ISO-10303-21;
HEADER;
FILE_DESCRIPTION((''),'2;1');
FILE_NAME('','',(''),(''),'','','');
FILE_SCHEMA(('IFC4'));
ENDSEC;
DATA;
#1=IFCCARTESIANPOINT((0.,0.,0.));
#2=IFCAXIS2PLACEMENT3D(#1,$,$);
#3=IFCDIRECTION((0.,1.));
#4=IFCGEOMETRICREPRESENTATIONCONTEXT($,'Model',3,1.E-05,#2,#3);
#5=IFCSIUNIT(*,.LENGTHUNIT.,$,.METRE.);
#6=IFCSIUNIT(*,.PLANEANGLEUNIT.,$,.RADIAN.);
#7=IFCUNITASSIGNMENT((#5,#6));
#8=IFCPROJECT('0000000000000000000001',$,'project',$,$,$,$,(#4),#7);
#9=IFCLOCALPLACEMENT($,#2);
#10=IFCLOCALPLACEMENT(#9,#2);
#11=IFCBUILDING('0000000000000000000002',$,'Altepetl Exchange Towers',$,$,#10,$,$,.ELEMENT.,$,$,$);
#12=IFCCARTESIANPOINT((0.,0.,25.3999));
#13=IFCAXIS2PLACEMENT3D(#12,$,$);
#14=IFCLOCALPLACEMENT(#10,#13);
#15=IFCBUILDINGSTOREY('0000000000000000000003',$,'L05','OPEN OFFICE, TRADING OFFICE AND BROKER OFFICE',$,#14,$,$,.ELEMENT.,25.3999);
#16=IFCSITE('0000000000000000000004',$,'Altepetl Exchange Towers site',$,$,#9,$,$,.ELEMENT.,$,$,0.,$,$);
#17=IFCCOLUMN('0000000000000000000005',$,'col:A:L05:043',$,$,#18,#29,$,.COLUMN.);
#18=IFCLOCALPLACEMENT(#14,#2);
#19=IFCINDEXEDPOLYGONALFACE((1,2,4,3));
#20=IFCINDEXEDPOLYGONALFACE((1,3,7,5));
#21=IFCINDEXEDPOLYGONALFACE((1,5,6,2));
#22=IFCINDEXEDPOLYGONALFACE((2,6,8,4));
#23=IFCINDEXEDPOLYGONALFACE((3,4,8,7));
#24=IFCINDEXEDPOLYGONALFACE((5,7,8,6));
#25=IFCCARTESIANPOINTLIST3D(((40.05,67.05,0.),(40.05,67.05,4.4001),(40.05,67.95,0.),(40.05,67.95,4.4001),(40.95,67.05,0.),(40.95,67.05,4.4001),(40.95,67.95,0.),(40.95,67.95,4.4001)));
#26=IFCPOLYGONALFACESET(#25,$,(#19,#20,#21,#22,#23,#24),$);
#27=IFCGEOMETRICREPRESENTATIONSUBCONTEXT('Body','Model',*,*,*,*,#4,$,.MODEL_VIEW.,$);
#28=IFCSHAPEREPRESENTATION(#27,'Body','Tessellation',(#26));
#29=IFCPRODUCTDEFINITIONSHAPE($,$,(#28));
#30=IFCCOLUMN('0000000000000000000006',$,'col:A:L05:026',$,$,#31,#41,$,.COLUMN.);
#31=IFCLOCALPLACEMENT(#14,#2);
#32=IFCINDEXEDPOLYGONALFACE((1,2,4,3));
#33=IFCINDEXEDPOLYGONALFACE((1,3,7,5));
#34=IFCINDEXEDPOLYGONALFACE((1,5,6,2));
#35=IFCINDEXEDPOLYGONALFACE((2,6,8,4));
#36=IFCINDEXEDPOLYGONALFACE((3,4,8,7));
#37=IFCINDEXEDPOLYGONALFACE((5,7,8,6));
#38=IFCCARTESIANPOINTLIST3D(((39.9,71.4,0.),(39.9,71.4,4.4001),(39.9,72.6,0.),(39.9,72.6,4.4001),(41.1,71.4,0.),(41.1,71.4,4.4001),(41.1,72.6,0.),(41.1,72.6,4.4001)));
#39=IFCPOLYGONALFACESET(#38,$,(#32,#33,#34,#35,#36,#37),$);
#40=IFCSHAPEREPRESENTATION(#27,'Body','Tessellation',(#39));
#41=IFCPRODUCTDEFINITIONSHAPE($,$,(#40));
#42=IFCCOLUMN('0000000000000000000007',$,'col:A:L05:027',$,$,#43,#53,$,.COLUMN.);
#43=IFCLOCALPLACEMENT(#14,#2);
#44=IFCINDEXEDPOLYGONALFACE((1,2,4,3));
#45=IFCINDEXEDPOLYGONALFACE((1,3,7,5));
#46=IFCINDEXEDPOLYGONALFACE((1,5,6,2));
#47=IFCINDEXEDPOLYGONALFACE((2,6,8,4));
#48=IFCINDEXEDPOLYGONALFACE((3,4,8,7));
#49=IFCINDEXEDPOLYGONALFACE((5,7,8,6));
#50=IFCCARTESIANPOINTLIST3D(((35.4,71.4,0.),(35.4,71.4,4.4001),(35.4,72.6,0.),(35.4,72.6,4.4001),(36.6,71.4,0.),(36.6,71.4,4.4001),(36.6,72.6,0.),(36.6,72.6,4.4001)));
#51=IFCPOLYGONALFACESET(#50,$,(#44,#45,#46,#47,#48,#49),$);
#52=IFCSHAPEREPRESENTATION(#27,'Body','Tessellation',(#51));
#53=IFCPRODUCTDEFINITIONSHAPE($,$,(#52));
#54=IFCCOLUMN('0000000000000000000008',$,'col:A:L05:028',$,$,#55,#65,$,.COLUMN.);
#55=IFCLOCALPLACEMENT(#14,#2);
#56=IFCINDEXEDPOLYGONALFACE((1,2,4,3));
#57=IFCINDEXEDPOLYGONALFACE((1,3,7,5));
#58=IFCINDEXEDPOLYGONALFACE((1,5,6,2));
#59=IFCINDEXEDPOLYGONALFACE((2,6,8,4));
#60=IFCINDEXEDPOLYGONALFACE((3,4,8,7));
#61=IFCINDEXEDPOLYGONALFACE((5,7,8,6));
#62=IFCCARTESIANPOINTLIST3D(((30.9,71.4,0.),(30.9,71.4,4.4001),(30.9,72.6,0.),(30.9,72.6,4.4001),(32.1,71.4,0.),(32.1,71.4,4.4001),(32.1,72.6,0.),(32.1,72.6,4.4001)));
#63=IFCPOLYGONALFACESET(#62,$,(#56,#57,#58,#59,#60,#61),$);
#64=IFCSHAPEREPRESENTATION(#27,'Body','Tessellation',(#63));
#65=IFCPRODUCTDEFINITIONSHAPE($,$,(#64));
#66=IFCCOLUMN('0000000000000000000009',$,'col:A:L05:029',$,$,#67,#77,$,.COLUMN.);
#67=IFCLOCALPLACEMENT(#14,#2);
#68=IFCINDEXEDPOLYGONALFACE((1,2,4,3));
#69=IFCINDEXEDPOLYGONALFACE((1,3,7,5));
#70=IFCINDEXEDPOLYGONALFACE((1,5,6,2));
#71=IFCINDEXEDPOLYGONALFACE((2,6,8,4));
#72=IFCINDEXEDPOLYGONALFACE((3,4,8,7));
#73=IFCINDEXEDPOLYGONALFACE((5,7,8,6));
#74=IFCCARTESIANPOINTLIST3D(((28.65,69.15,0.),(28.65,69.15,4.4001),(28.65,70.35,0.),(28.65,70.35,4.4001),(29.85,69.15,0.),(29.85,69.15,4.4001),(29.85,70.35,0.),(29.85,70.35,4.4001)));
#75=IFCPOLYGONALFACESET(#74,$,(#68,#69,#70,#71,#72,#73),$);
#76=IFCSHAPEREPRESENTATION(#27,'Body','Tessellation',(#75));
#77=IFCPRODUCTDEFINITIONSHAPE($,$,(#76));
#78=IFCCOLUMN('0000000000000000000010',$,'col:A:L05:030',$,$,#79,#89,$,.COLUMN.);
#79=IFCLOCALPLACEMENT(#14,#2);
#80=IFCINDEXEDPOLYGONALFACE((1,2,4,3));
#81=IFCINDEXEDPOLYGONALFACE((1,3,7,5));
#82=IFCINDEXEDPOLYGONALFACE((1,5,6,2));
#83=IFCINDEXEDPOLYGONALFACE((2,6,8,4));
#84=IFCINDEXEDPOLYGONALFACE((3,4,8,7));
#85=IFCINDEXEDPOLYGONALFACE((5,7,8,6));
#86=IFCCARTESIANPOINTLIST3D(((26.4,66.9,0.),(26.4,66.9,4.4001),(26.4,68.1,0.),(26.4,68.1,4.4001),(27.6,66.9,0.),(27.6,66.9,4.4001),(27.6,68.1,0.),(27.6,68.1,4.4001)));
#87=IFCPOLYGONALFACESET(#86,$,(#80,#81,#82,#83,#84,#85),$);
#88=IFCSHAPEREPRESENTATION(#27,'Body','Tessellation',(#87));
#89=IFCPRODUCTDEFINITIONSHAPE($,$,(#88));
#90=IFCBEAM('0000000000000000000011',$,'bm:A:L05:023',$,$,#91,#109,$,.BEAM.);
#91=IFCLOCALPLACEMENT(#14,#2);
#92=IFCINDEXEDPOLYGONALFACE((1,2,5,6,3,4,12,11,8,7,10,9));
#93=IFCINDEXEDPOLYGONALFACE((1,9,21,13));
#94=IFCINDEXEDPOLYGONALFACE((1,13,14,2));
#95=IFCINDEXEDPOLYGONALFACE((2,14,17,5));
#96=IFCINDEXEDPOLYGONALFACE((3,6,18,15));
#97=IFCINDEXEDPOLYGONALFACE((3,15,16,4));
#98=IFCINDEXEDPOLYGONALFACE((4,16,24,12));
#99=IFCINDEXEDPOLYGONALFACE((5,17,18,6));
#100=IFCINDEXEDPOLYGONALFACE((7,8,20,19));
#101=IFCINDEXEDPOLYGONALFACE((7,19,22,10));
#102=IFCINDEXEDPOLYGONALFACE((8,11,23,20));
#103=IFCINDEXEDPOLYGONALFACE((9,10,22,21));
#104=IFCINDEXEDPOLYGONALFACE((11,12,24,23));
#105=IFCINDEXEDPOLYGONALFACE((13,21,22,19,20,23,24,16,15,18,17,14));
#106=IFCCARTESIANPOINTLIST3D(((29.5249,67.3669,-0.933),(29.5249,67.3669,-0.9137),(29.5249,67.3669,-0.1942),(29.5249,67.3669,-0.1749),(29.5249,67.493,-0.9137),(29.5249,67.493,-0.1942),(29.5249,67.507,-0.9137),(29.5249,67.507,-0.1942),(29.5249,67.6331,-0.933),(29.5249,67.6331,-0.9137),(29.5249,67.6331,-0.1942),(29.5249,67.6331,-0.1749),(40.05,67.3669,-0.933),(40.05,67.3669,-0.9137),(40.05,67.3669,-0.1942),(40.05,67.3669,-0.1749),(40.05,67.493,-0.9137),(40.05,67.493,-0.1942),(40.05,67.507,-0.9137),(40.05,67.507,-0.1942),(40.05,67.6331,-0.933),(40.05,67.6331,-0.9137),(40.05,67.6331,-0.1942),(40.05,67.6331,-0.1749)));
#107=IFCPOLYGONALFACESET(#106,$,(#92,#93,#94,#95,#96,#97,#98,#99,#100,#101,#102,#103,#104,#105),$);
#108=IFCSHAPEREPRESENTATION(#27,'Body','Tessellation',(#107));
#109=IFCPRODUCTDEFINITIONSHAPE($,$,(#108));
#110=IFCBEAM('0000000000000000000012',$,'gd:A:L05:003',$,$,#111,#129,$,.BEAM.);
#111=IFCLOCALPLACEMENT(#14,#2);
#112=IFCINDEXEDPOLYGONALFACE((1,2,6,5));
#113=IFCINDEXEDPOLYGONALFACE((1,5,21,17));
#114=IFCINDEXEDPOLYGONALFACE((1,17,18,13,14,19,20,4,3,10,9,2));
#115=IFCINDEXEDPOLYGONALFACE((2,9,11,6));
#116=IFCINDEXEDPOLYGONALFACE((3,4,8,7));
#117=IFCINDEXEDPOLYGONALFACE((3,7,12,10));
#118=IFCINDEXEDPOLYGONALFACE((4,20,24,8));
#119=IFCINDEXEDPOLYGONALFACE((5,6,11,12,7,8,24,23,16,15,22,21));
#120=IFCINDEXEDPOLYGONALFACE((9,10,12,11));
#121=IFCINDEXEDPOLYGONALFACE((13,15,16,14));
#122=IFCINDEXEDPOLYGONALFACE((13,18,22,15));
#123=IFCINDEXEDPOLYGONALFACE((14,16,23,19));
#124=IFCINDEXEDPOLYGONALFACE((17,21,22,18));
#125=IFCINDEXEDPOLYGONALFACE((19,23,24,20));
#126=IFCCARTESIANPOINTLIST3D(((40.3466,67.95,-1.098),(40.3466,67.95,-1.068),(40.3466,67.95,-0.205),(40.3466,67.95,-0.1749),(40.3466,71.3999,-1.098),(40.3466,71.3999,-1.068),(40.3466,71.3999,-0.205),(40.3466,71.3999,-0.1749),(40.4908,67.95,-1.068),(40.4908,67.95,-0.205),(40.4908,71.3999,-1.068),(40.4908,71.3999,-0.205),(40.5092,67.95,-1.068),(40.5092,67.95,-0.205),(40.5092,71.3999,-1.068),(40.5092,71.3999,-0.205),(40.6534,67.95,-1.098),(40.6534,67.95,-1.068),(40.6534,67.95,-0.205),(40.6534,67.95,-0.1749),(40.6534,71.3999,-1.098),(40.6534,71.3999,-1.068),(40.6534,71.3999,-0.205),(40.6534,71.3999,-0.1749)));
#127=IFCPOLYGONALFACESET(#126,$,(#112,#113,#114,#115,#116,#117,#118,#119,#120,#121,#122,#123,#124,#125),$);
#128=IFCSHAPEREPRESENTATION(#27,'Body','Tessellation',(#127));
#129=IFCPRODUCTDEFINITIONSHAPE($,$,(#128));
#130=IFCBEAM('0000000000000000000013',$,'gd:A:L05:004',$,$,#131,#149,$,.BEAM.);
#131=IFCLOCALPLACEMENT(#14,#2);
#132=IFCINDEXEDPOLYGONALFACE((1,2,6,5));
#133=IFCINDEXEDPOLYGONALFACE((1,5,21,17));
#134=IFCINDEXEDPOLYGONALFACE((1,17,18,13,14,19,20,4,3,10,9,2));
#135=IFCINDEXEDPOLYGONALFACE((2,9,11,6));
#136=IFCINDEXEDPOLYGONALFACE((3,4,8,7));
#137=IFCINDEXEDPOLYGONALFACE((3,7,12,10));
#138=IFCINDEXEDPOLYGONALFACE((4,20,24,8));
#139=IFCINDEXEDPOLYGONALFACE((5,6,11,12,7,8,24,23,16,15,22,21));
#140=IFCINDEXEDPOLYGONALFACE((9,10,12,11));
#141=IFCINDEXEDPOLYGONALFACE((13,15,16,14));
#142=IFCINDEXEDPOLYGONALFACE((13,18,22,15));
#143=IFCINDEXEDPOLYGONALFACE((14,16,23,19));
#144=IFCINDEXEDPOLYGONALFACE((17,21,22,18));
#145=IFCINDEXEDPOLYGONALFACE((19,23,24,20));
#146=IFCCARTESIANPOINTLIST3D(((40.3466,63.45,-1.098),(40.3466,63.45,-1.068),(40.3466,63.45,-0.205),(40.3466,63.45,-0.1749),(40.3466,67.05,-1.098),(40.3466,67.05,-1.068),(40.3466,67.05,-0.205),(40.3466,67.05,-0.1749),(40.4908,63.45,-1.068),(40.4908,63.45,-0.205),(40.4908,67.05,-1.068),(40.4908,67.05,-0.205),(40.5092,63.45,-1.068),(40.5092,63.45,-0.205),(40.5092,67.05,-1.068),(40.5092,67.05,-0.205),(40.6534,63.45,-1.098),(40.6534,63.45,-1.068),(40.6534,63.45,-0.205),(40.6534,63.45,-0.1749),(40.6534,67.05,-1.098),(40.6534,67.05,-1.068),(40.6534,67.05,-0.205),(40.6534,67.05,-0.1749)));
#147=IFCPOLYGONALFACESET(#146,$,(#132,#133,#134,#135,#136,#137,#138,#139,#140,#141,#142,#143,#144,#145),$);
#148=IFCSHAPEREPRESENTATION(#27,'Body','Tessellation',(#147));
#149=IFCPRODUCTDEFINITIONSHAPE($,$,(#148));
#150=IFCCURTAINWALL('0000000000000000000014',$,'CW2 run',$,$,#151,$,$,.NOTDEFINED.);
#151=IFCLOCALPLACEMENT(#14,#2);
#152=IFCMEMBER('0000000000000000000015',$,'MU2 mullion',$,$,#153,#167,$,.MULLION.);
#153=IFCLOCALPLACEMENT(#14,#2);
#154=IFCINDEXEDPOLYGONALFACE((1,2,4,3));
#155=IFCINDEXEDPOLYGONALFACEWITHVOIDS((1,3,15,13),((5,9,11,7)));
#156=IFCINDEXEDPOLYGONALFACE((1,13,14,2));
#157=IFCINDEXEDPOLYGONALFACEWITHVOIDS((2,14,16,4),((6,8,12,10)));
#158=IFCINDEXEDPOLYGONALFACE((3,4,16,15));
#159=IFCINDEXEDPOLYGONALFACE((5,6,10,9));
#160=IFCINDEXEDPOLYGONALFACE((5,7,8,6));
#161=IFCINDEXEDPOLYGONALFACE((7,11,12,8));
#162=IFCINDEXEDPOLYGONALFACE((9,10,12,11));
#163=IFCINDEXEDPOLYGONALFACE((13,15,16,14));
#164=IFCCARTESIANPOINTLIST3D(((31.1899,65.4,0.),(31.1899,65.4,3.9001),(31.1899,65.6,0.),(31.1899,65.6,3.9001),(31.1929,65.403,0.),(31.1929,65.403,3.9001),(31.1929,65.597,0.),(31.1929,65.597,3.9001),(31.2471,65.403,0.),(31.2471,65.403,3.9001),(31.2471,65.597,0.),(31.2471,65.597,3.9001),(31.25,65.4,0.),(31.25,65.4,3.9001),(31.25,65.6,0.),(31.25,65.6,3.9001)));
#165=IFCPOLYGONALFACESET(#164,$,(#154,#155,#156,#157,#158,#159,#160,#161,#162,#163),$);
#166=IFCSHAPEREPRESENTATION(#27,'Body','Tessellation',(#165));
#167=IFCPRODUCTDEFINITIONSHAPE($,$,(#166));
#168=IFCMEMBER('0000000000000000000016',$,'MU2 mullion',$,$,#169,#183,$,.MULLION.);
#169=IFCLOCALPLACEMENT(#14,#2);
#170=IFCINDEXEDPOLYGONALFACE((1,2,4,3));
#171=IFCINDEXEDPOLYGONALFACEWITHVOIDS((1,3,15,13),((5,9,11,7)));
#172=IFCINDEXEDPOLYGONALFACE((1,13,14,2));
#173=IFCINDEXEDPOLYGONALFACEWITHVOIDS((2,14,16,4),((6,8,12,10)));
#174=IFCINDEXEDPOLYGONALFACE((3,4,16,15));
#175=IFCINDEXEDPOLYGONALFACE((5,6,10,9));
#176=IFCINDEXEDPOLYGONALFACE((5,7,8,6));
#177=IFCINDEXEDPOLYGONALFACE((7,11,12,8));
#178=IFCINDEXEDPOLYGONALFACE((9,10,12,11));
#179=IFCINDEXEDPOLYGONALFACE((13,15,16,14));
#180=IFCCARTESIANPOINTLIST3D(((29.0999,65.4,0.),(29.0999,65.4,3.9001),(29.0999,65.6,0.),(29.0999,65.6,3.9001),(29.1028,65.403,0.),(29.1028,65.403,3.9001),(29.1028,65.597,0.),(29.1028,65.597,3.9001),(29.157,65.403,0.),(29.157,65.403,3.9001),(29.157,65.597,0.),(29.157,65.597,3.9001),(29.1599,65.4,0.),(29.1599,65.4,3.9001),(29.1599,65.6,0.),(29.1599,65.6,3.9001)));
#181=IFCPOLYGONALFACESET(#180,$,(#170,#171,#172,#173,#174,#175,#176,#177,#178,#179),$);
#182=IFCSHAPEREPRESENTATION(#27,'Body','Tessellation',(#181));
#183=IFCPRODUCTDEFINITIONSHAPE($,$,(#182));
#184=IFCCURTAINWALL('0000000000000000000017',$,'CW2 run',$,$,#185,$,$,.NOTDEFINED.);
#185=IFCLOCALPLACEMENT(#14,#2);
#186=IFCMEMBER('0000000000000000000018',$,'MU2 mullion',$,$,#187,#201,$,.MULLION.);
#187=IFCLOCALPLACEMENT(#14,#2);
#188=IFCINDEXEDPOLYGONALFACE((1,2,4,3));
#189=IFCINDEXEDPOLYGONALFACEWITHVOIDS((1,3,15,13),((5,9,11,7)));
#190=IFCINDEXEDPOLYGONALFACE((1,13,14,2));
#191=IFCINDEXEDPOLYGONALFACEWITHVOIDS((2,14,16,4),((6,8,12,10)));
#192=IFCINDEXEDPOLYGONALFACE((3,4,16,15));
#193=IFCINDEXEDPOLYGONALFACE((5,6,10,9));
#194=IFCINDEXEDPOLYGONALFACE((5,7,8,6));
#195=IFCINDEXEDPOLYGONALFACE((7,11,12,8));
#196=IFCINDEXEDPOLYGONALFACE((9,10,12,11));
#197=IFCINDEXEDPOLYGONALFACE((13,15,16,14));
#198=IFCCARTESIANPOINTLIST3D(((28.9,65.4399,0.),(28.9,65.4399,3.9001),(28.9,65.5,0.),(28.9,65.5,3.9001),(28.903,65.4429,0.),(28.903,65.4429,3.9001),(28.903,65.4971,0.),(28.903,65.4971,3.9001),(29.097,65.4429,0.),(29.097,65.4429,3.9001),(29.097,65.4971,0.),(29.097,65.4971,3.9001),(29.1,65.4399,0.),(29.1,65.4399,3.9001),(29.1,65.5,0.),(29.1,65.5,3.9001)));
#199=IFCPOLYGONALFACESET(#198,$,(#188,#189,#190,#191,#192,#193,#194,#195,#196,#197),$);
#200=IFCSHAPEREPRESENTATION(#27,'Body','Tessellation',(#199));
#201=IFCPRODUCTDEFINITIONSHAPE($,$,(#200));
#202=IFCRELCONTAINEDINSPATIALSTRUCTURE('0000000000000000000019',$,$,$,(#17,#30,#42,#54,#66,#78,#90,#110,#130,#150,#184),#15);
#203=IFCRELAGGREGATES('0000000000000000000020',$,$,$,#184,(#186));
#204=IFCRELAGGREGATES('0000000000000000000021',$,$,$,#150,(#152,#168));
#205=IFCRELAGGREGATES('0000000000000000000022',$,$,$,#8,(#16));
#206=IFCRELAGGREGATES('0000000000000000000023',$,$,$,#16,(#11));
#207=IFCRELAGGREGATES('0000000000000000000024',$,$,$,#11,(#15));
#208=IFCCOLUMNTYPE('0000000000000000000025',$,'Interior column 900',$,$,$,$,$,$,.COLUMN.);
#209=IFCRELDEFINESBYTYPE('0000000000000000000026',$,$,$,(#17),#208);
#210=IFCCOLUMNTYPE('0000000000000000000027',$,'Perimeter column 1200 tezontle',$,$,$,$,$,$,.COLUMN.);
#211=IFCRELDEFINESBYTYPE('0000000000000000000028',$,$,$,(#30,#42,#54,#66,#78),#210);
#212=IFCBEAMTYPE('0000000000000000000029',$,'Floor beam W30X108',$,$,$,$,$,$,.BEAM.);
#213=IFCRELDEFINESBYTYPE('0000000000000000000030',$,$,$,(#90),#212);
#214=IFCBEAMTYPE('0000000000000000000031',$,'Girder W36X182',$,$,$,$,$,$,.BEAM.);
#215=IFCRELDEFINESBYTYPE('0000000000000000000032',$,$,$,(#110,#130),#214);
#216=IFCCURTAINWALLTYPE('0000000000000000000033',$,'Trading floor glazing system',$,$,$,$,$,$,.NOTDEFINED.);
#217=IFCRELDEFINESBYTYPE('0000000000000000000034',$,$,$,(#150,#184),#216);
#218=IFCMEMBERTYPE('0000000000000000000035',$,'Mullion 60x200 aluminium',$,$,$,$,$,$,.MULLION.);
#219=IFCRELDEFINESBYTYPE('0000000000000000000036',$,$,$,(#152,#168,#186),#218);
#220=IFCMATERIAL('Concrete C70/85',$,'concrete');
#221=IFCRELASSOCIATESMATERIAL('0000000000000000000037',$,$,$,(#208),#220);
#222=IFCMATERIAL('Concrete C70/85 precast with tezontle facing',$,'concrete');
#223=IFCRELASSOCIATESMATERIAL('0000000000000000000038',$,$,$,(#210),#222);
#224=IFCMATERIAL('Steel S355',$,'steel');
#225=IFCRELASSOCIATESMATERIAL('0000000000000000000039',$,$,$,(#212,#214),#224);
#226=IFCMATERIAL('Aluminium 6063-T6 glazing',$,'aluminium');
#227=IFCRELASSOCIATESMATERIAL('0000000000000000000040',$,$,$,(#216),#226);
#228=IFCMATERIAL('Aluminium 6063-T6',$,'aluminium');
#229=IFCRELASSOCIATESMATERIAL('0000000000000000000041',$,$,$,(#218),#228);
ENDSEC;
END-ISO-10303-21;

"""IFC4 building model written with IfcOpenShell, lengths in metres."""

from ifc_helpers import new_model, si_unit, direction, frame, origin, origin_2d, place, context, subcontext, project, spatial, rectangle, hollow_rectangle, i_section, extrude, material, material_profile, profile_set, type_object, element, aggregate, save


model = new_model("IFC4")

# Units and contexts
model_context = context("Model", 3, precision=1e-05, world=origin(), true_north=direction((0.0, 1.0)))
body_context = subcontext(model_context, "Body", "Model", "MODEL_VIEW")
ifc_project = project(units=[si_unit("LENGTHUNIT", "METRE"), si_unit("PLANEANGLEUNIT", "RADIAN")], contexts=[model_context])

# Site, building, storey
site_placement = place(None, origin())
site = spatial("IfcSite", under=ifc_project, at=site_placement, Name="Altepetl Exchange Towers site", CompositionType="ELEMENT", RefElevation=0.0)
building_placement = place(site_placement, origin())
building = spatial("IfcBuilding", under=site, at=building_placement, Name="Altepetl Exchange Towers", CompositionType="ELEMENT")
storey_placement = place(building_placement, frame((0.0, 0.0, 25.3999)))
storey = spatial("IfcBuildingStorey", under=building, at=storey_placement, Name="L05", Description="OPEN OFFICE, TRADING OFFICE AND BROKER OFFICE", CompositionType="ELEMENT", Elevation=25.3999)

# Columns
ifc_material_1 = material(Name="Concrete C70/85", Category="concrete")
ifc_material_profile_1 = material_profile(ifc_material_1, rectangle(XDim=0.8999, YDim=0.8999, at=origin_2d()), Name="900 x 900")
ifc_profile_set_1 = profile_set([ifc_material_profile_1], Name="Concrete C70/85")
column_type_1 = type_object("IfcColumnType", Name="Interior column 900", PredefinedType="COLUMN", material=ifc_profile_set_1)
column_placement = place(storey_placement, frame((40.5, 67.5, 0.0)))
element("IfcColumn", 1, at=column_placement, inside=storey, type_object=column_type_1, Name="col:A:L05:043", PredefinedType="COLUMN", context=body_context, shape_type="SweptSolid", body=[
    extrude(rectangle(XDim=0.8999, YDim=0.8999, at=origin_2d()), origin(), (0.0, 0.0, 1.0), 4.4001),
])
ifc_material_2 = material(Name="Concrete C70/85 precast with tezontle facing", Category="concrete")
ifc_material_profile_2 = material_profile(ifc_material_2, rectangle(XDim=1.2, YDim=1.2, at=origin_2d()), Name="1200 x 1200")
ifc_profile_set_2 = profile_set([ifc_material_profile_2], Name="Concrete C70/85 precast with tezontle facing")
column_type_2 = type_object("IfcColumnType", Name="Perimeter column 1200 tezontle", PredefinedType="COLUMN", material=ifc_profile_set_2)
for number, where, name in (
    (2, (40.5, 72.0, 0.0), "col:A:L05:026"),
    (3, (36.0, 72.0, 0.0), "col:A:L05:027"),
    (4, (31.5, 72.0, 0.0), "col:A:L05:028"),
    (5, (29.25, 69.75, 0.0), "col:A:L05:029"),
    (6, (27.0, 67.5, 0.0), "col:A:L05:030"),
):
    element("IfcColumn", number, at=place(storey_placement, frame(where)), inside=storey, type_object=column_type_2, Name=name, PredefinedType="COLUMN", context=body_context, shape_type="SweptSolid", body=[
        extrude(rectangle(XDim=1.2, YDim=1.2, at=origin_2d()), origin(), (0.0, 0.0, 1.0), 4.4001),
    ])

# Beams
ifc_material_3 = material(Name="Steel S355", Category="steel")
ifc_material_profile_3 = material_profile(ifc_material_3, i_section(OverallWidth=0.2661, OverallDepth=0.7581, WebThickness=0.0139, FlangeThickness=0.0193, at=origin_2d()), Name="W30X108")
ifc_profile_set_3 = profile_set([ifc_material_profile_3], Name="Steel S355")
beam_type_1 = type_object("IfcBeamType", Name="Floor beam W30X108", PredefinedType="BEAM", material=ifc_profile_set_3)
beam_1_placement = place(storey_placement, frame((29.5249, 67.5, -0.554), z_axis=(1.0, 0.0, 0.0), x_axis=(0.0, 1.0, 0.0)))
element("IfcBeam", 7, at=beam_1_placement, inside=storey, type_object=beam_type_1, Name="bm:A:L05:023", PredefinedType="BEAM", context=body_context, shape_type="SweptSolid", body=[
    extrude(i_section(OverallWidth=0.2661, OverallDepth=0.7581, WebThickness=0.0139, FlangeThickness=0.0193, at=origin_2d()), origin(), (0.0, 0.0, 1.0), 10.5251),
])
ifc_material_profile_4 = material_profile(ifc_material_3, i_section(OverallWidth=0.3069, OverallDepth=0.9231, WebThickness=0.0183, FlangeThickness=0.03, at=origin_2d()), Name="W36X182")
ifc_profile_set_4 = profile_set([ifc_material_profile_4], Name="Steel S355")
beam_type_2 = type_object("IfcBeamType", Name="Girder W36X182", PredefinedType="BEAM", material=ifc_profile_set_4)
beam_2_placement = place(storey_placement, frame((40.5, 71.3999, -0.6365), z_axis=(0.0, -1.0, 0.0), x_axis=(1.0, 0.0, 0.0)))
element("IfcBeam", 8, at=beam_2_placement, inside=storey, type_object=beam_type_2, Name="gd:A:L05:003", PredefinedType="BEAM", context=body_context, shape_type="SweptSolid", body=[
    extrude(i_section(OverallWidth=0.3069, OverallDepth=0.9231, WebThickness=0.0183, FlangeThickness=0.03, at=origin_2d()), origin(), (0.0, 0.0, 1.0), 3.45),
])
beam_3_placement = place(storey_placement, frame((40.5, 67.05, -0.6365), z_axis=(0.0, -1.0, 0.0), x_axis=(1.0, 0.0, 0.0)))
element("IfcBeam", 9, at=beam_3_placement, inside=storey, type_object=beam_type_2, Name="gd:A:L05:004", PredefinedType="BEAM", context=body_context, shape_type="SweptSolid", body=[
    extrude(i_section(OverallWidth=0.3069, OverallDepth=0.9231, WebThickness=0.0183, FlangeThickness=0.03, at=origin_2d()), origin(), (0.0, 0.0, 1.0), 3.6001),
])

# Curtain wall, members
ifc_material_4 = material(Name="Aluminium 6063-T6 glazing", Category="aluminium")
curtain_wall_type = type_object("IfcCurtainWallType", Name="Trading floor glazing system", PredefinedType="NOTDEFINED", material=ifc_material_4)
curtain_wall_1_placement = place(storey_placement, origin())
curtain_wall_1 = element("IfcCurtainWall", 10, at=curtain_wall_1_placement, inside=storey, type_object=curtain_wall_type, Name="CW2 run", PredefinedType="NOTDEFINED")
ifc_material_5 = material(Name="Aluminium 6063-T6", Category="aluminium")
ifc_material_profile_5 = material_profile(ifc_material_5, hollow_rectangle(XDim=0.0601, YDim=0.2, WallThickness=0.0029, at=origin_2d()), Name="Mullion 60x200 aluminium")
ifc_profile_set_5 = profile_set([ifc_material_profile_5], Name="Aluminium 6063-T6")
member_type = type_object("IfcMemberType", Name="Mullion 60x200 aluminium", PredefinedType="MULLION", material=ifc_profile_set_5)
member_1_placement = place(storey_placement, frame((31.22, 65.5, 0.0), z_axis=(0.0, 0.0, 1.0), x_axis=(-1.0, 0.0, 0.0)))
member_1 = element("IfcMember", 11, at=member_1_placement, type_object=member_type, Name="MU2 mullion", PredefinedType="MULLION", context=body_context, shape_type="SweptSolid", body=[
    extrude(hollow_rectangle(XDim=0.0601, YDim=0.2, WallThickness=0.0029, at=origin_2d()), origin(), (0.0, 0.0, 1.0), 3.9001),
])
member_2_placement = place(storey_placement, frame((29.1299, 65.5, 0.0), z_axis=(0.0, 0.0, 1.0), x_axis=(-1.0, 0.0, 0.0)))
member_2 = element("IfcMember", 12, at=member_2_placement, type_object=member_type, Name="MU2 mullion", PredefinedType="MULLION", context=body_context, shape_type="SweptSolid", body=[
    extrude(hollow_rectangle(XDim=0.0601, YDim=0.2, WallThickness=0.0029, at=origin_2d()), origin(), (0.0, 0.0, 1.0), 3.9001),
])

# Curtain wall, member
curtain_wall_2_placement = place(storey_placement, origin())
curtain_wall_2 = element("IfcCurtainWall", 13, at=curtain_wall_2_placement, inside=storey, type_object=curtain_wall_type, Name="CW2 run", PredefinedType="NOTDEFINED")
member_3_placement = place(storey_placement, frame((29.0, 65.47, 0.0), z_axis=(0.0, 0.0, 1.0), x_axis=(0.0, -1.0, 0.0)))
member_3 = element("IfcMember", 14, at=member_3_placement, type_object=member_type, Name="MU2 mullion", PredefinedType="MULLION", context=body_context, shape_type="SweptSolid", body=[
    extrude(hollow_rectangle(XDim=0.0601, YDim=0.2, WallThickness=0.0029, at=origin_2d()), origin(), (0.0, 0.0, 1.0), 3.9001),
])
aggregate(curtain_wall_2, [member_3])

aggregate(curtain_wall_1, [member_1, member_2])

save(model, "model.ifc")
